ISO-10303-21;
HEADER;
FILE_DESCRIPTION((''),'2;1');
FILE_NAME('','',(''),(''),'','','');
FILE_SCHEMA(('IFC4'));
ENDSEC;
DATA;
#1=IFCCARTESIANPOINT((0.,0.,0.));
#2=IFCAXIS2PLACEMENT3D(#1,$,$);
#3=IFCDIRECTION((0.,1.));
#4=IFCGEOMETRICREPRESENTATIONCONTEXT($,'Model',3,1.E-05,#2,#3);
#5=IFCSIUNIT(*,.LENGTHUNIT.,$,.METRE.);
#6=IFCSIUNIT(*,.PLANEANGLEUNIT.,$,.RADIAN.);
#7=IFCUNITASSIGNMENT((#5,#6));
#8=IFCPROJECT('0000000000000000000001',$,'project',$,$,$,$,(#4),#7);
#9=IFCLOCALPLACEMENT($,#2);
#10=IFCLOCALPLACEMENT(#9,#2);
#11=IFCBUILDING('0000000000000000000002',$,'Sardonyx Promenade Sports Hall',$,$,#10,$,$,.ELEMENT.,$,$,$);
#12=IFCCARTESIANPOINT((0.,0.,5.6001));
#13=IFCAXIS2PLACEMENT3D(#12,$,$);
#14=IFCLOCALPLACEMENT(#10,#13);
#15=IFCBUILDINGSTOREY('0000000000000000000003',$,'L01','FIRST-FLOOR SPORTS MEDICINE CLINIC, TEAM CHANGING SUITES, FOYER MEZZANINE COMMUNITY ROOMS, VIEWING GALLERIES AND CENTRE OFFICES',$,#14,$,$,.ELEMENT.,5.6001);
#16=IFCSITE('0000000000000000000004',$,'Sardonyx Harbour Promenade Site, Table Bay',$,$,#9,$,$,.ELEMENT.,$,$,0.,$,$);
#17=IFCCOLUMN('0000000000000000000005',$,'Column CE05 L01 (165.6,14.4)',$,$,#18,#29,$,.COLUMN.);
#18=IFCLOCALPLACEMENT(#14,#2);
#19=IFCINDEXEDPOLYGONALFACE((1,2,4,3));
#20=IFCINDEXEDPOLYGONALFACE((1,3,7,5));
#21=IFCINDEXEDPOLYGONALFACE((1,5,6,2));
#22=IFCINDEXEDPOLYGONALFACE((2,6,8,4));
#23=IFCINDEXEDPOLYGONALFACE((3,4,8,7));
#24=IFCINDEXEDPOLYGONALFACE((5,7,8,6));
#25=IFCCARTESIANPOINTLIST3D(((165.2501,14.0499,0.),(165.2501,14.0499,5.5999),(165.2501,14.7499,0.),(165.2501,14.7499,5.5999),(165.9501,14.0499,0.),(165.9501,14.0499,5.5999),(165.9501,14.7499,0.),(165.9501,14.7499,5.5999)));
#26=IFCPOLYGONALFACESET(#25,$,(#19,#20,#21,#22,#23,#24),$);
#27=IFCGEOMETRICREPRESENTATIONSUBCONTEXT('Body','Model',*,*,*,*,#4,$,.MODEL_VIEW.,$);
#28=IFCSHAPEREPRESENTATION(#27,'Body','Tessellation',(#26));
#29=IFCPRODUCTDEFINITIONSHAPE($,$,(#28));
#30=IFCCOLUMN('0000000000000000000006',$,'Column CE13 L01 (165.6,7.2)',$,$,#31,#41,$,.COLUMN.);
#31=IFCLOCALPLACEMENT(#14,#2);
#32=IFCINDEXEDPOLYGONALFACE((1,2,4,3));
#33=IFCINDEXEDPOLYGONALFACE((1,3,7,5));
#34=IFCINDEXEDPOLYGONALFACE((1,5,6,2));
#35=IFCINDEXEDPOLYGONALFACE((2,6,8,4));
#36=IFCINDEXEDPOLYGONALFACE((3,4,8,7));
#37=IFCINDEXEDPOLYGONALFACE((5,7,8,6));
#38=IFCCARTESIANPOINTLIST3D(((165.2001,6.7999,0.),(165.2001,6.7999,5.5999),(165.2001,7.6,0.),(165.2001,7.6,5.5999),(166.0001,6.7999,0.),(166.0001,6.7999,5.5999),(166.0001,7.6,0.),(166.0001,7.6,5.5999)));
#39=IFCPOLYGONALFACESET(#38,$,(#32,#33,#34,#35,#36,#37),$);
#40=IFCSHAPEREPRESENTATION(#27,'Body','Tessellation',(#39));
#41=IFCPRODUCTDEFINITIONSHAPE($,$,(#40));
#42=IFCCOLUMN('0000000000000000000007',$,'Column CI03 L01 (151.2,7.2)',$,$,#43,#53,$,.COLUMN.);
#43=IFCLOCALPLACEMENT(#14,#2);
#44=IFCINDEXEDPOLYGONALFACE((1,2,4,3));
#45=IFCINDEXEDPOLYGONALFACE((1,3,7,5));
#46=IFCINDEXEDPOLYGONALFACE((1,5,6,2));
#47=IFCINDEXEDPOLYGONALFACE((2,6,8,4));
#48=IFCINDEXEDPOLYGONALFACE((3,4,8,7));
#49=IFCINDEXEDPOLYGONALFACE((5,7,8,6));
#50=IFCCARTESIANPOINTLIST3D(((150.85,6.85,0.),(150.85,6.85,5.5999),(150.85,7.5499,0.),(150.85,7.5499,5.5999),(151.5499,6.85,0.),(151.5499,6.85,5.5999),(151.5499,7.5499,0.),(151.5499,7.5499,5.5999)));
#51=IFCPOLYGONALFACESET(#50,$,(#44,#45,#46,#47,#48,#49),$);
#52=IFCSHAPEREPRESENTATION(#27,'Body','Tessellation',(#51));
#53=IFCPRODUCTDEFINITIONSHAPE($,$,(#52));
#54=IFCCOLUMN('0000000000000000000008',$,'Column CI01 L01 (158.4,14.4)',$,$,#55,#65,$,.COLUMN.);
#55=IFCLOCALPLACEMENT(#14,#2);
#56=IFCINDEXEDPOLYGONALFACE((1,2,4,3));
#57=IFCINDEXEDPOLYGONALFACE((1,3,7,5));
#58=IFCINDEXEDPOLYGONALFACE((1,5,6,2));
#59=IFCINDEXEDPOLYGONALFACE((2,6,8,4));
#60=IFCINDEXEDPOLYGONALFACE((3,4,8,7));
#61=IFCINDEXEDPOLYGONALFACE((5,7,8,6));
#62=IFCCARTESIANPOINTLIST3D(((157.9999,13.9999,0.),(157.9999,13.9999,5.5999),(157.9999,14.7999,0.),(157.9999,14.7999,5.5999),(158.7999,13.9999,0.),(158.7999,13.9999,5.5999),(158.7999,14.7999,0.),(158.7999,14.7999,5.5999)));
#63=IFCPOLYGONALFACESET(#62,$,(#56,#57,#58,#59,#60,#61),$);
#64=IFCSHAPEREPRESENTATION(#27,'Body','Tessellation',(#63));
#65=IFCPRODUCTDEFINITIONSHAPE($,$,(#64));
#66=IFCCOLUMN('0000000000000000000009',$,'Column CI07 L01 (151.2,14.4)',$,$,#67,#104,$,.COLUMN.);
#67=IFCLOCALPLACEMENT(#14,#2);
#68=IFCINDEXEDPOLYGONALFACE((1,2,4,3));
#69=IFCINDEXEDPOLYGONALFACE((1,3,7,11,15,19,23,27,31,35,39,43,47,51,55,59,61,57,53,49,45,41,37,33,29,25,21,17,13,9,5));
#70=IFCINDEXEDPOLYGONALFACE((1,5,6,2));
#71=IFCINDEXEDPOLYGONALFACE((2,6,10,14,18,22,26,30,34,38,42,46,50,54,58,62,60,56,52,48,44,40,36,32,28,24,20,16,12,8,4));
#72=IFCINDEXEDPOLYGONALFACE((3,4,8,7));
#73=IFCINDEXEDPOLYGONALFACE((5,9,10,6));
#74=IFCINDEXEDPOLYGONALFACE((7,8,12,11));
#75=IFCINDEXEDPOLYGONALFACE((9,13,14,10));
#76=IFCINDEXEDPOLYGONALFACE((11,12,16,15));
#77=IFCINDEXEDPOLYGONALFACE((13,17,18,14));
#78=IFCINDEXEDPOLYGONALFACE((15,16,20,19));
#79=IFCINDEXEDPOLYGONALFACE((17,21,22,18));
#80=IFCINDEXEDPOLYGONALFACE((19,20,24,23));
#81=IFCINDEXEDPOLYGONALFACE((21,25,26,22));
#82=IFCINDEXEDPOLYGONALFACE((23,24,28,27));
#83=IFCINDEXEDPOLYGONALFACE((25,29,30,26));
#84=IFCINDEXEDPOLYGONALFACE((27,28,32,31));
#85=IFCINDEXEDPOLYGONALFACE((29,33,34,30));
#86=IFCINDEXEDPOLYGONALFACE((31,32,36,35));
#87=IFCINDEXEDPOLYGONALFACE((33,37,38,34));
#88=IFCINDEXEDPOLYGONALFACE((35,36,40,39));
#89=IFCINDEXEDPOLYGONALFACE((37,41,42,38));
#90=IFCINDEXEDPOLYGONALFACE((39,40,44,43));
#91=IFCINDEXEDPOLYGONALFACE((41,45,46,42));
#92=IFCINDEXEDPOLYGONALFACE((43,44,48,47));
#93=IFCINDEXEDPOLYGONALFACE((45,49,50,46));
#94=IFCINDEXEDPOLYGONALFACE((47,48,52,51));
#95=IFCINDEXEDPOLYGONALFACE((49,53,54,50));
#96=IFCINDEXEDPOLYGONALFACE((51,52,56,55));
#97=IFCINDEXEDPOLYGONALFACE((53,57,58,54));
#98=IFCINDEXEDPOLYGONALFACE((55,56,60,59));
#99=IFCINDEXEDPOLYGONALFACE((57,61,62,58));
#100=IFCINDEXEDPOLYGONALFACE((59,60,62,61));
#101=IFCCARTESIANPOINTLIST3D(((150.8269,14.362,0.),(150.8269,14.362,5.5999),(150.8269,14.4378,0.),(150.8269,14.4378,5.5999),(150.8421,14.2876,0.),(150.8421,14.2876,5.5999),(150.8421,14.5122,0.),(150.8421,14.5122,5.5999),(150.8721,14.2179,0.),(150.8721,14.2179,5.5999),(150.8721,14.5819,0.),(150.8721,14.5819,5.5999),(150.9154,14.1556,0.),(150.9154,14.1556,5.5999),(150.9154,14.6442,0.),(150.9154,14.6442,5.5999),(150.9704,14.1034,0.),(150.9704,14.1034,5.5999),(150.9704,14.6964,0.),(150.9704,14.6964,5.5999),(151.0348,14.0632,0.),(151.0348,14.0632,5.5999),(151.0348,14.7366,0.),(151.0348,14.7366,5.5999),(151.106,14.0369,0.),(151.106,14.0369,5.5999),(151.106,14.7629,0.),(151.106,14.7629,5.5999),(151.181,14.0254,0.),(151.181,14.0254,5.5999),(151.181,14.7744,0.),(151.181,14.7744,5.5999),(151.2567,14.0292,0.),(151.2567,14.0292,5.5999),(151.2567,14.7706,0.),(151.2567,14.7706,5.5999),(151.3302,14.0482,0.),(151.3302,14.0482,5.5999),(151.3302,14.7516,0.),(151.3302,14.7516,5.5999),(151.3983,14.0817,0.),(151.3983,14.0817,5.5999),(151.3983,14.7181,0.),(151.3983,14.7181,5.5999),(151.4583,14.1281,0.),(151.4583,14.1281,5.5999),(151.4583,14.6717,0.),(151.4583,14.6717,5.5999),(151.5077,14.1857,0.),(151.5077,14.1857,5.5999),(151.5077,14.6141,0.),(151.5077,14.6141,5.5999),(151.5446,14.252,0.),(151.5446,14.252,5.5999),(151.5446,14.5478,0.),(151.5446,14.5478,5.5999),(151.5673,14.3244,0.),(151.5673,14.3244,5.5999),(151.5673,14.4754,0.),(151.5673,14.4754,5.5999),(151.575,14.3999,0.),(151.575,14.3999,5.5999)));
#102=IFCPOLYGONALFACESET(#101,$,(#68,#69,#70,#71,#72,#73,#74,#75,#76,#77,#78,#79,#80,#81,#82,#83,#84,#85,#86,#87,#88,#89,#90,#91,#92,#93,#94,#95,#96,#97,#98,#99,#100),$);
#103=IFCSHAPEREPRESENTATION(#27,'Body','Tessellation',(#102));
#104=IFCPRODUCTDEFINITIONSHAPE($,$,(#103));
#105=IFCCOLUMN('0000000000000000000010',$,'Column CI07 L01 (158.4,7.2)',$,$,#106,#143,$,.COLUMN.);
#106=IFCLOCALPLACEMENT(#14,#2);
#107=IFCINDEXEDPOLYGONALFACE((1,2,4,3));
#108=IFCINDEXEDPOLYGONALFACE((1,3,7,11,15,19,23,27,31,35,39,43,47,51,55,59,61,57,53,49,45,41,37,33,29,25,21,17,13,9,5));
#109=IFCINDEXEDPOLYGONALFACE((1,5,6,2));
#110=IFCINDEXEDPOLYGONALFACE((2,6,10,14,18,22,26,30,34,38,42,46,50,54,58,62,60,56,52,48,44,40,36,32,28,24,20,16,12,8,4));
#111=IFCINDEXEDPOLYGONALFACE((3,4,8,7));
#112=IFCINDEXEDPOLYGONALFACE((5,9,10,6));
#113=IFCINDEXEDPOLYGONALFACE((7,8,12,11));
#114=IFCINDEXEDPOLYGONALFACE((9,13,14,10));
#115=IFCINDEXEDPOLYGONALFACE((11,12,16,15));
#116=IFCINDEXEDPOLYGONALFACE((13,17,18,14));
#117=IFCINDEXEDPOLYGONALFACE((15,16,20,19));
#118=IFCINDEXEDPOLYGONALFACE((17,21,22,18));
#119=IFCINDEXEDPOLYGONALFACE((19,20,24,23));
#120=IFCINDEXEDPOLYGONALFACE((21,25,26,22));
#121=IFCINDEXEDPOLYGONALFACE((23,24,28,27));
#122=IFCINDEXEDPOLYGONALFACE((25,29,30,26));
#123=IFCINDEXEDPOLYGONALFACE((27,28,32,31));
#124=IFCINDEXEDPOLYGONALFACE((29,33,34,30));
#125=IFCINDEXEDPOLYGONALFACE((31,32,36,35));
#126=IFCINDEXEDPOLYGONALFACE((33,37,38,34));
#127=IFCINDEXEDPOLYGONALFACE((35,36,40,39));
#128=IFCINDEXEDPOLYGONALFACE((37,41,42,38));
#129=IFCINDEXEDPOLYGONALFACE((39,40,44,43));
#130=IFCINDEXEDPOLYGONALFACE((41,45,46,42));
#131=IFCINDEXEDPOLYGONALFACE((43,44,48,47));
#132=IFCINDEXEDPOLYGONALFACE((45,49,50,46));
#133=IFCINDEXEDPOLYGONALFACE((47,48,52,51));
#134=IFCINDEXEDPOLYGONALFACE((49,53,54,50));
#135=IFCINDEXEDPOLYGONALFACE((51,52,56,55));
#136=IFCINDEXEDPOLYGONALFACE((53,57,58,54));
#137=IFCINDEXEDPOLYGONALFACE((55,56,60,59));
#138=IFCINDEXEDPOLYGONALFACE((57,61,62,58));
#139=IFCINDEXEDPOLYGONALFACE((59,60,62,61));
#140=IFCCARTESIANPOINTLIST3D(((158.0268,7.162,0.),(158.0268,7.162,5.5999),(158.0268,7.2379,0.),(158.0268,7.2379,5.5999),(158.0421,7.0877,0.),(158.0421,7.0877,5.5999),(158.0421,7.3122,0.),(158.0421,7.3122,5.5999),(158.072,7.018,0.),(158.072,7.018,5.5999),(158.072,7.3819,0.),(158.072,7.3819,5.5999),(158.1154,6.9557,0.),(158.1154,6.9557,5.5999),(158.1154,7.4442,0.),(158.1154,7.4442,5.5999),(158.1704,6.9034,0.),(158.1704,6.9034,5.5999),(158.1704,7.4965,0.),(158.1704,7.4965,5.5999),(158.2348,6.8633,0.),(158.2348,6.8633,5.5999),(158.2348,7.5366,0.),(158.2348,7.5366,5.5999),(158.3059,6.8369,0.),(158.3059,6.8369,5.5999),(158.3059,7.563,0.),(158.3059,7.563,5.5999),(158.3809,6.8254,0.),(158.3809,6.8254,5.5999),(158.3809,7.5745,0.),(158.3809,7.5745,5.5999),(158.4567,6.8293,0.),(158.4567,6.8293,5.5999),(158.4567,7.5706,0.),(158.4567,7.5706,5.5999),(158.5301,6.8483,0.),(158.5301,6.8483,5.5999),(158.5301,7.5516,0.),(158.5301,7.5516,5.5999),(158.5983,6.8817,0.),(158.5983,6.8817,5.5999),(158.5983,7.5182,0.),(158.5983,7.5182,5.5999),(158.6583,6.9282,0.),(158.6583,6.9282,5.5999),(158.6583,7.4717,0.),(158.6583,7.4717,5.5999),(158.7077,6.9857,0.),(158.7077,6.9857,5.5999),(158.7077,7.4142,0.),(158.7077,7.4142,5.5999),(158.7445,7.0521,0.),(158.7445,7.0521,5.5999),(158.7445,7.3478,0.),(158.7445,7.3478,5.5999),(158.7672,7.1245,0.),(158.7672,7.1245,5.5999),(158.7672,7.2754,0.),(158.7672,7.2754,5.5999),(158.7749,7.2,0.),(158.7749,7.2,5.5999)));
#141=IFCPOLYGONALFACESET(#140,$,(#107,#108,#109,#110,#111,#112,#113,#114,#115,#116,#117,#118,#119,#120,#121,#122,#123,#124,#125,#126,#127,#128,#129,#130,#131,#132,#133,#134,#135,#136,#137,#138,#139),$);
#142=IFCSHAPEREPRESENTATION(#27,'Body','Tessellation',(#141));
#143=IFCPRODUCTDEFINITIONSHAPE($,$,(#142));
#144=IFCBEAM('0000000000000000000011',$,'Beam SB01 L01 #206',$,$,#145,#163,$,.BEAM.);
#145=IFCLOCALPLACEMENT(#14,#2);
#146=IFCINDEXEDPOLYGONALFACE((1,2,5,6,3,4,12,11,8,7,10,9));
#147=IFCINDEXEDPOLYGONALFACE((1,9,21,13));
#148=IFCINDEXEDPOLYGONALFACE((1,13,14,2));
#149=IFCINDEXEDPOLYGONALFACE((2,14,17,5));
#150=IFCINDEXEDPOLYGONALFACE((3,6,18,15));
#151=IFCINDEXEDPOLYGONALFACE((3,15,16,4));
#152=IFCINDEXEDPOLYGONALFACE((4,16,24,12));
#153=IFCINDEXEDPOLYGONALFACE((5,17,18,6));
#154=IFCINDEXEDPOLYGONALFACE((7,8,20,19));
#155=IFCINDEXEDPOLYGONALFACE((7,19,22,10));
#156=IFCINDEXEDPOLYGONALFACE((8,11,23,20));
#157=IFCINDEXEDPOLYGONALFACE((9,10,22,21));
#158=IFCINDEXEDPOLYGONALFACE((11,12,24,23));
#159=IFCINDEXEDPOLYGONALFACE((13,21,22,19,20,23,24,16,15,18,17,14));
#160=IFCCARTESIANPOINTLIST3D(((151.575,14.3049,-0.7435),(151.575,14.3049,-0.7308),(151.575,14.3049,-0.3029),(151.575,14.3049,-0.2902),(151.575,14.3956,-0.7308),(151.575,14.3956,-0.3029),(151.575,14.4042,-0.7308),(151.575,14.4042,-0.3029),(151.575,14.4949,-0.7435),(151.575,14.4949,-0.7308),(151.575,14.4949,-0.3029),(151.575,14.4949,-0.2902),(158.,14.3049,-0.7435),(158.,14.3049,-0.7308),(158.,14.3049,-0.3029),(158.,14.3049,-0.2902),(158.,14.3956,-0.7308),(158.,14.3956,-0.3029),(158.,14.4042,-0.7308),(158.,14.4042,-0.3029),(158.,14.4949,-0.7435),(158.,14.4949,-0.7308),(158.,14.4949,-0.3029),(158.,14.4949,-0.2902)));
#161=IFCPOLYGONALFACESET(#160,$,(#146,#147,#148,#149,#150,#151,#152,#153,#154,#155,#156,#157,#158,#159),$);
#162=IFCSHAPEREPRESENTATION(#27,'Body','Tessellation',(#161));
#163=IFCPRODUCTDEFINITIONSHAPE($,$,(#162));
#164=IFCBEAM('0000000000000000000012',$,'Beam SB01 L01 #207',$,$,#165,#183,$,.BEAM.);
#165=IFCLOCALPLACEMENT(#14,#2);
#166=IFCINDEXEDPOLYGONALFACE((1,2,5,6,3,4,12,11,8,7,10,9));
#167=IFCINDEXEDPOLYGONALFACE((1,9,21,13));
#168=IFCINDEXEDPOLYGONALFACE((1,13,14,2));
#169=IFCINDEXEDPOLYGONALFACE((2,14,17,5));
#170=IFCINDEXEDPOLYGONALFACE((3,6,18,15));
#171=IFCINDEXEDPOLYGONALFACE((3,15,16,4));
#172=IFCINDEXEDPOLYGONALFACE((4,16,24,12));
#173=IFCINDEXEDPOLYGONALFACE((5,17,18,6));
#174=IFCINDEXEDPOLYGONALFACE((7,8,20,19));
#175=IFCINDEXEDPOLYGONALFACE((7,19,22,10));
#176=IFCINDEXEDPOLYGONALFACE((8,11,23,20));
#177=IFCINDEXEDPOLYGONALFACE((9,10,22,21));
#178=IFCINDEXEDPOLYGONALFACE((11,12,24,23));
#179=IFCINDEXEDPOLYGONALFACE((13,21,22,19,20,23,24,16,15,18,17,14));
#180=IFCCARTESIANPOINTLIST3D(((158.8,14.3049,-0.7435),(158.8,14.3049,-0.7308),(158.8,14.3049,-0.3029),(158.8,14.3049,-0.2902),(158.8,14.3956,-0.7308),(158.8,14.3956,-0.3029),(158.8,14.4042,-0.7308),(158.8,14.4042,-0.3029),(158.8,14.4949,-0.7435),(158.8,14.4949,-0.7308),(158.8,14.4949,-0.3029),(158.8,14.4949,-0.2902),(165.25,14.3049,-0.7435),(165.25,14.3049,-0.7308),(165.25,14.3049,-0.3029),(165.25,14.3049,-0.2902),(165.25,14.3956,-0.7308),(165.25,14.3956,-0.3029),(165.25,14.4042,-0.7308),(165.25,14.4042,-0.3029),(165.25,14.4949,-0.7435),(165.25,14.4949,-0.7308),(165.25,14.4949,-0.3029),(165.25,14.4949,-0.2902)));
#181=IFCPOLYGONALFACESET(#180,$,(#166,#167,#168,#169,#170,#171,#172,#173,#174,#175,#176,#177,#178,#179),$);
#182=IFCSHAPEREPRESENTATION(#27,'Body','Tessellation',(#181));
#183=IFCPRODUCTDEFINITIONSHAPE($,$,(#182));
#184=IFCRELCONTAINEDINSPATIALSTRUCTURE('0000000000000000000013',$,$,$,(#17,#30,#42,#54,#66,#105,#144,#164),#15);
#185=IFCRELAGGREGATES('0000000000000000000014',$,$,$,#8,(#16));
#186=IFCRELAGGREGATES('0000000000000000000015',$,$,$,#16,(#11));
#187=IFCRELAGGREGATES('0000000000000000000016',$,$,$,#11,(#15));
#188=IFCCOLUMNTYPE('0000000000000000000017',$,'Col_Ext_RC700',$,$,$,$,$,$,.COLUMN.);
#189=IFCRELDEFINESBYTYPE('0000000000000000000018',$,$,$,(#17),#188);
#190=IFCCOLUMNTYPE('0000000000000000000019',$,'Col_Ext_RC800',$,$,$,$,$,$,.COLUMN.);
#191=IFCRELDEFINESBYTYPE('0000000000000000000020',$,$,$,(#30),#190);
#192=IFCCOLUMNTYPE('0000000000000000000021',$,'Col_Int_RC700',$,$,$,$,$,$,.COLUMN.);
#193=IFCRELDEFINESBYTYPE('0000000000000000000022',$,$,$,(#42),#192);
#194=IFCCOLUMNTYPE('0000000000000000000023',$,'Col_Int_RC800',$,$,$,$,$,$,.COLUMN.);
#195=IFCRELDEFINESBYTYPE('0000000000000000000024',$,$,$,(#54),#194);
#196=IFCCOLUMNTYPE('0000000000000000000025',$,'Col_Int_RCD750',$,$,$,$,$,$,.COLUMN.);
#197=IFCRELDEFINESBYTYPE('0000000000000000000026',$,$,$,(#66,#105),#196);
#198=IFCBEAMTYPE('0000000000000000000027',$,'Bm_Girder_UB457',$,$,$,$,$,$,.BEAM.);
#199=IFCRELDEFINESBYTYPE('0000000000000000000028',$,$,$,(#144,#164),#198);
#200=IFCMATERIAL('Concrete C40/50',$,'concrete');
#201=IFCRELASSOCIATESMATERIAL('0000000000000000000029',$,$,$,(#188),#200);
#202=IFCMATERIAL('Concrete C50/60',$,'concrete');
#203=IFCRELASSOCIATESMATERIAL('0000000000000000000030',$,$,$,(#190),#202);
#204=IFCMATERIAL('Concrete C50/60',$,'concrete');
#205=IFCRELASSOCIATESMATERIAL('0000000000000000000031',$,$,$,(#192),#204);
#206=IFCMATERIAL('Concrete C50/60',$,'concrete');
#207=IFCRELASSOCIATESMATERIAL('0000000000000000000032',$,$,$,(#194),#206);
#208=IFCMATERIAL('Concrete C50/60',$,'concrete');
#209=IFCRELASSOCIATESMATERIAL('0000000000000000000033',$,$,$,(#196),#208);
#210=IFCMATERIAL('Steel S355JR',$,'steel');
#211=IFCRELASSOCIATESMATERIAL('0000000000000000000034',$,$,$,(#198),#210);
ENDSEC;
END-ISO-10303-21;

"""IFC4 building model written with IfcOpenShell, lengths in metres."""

from ifc_helpers import new_model, si_unit, direction, frame, origin, origin_2d, place, context, subcontext, project, spatial, rectangle, circle, i_section, extrude, material, material_profile, profile_set, type_object, element, save


model = new_model("IFC4")

# Units and contexts
model_context = context("Model", 3, precision=1e-05, world=origin(), true_north=direction((0.0, 1.0)))
body_context = subcontext(model_context, "Body", "Model", "MODEL_VIEW")
ifc_project = project(units=[si_unit("LENGTHUNIT", "METRE"), si_unit("PLANEANGLEUNIT", "RADIAN")], contexts=[model_context])

# Site, building, storey
site_placement = place(None, origin())
site = spatial("IfcSite", under=ifc_project, at=site_placement, Name="Sardonyx Harbour Promenade Site, Table Bay", CompositionType="ELEMENT", RefElevation=0.0)
building_placement = place(site_placement, origin())
building = spatial("IfcBuilding", under=site, at=building_placement, Name="Sardonyx Promenade Sports Hall", CompositionType="ELEMENT")
storey_placement = place(building_placement, frame((0.0, 0.0, 5.6001)))
storey = spatial("IfcBuildingStorey", under=building, at=storey_placement, Name="L01", Description="FIRST-FLOOR SPORTS MEDICINE CLINIC, TEAM CHANGING SUITES, FOYER MEZZANINE COMMUNITY ROOMS, VIEWING GALLERIES AND CENTRE OFFICES", CompositionType="ELEMENT", Elevation=5.6001)

# Columns
ifc_material_1 = material(Name="Concrete C40/50", Category="concrete")
ifc_material_profile_1 = material_profile(ifc_material_1, rectangle(XDim=0.7, YDim=0.7, at=origin_2d()))
ifc_profile_set_1 = profile_set([ifc_material_profile_1], Name="Concrete C40/50")
column_type_1 = type_object("IfcColumnType", Name="Col_Ext_RC700", PredefinedType="COLUMN", material=ifc_profile_set_1)
column_1_placement = place(storey_placement, frame((165.6001, 14.3999, 0.0), z_axis=(0.0, 0.0, 1.0), x_axis=(1.0, 0.0, 0.0)))
element("IfcColumn", 1, at=column_1_placement, inside=storey, type_object=column_type_1, Name="Column CE05 L01 (165.6,14.4)", PredefinedType="COLUMN", context=body_context, shape_type="SweptSolid", body=[
    extrude(rectangle(XDim=0.7, YDim=0.7, at=origin_2d()), origin(), (0.0, 0.0, 1.0), 5.5999),
])
ifc_material_2 = material(Name="Concrete C50/60", Category="concrete")
ifc_material_profile_2 = material_profile(ifc_material_2, rectangle(XDim=0.8, YDim=0.8, at=origin_2d()))
ifc_profile_set_2 = profile_set([ifc_material_profile_2], Name="Concrete C50/60")
column_type_2 = type_object("IfcColumnType", Name="Col_Ext_RC800", PredefinedType="COLUMN", material=ifc_profile_set_2)
column_2_placement = place(storey_placement, frame((165.6001, 7.2, 0.0), z_axis=(0.0, 0.0, 1.0), x_axis=(1.0, 0.0, 0.0)))
element("IfcColumn", 2, at=column_2_placement, inside=storey, type_object=column_type_2, Name="Column CE13 L01 (165.6,7.2)", PredefinedType="COLUMN", context=body_context, shape_type="SweptSolid", body=[
    extrude(rectangle(XDim=0.8, YDim=0.8, at=origin_2d()), origin(), (0.0, 0.0, 1.0), 5.5999),
])
ifc_material_3 = material(Name="Concrete C50/60", Category="concrete")
ifc_material_profile_3 = material_profile(ifc_material_3, rectangle(XDim=0.7, YDim=0.7, at=origin_2d()))
ifc_profile_set_3 = profile_set([ifc_material_profile_3], Name="Concrete C50/60")
column_type_3 = type_object("IfcColumnType", Name="Col_Int_RC700", PredefinedType="COLUMN", material=ifc_profile_set_3)
column_3_placement = place(storey_placement, frame((151.2, 7.2, 0.0), z_axis=(0.0, 0.0, 1.0), x_axis=(1.0, 0.0, 0.0)))
element("IfcColumn", 3, at=column_3_placement, inside=storey, type_object=column_type_3, Name="Column CI03 L01 (151.2,7.2)", PredefinedType="COLUMN", context=body_context, shape_type="SweptSolid", body=[
    extrude(rectangle(XDim=0.7, YDim=0.7, at=origin_2d()), origin(), (0.0, 0.0, 1.0), 5.5999),
])
ifc_material_4 = material(Name="Concrete C50/60", Category="concrete")
ifc_material_profile_4 = material_profile(ifc_material_4, rectangle(XDim=0.8, YDim=0.8, at=origin_2d()))
ifc_profile_set_4 = profile_set([ifc_material_profile_4], Name="Concrete C50/60")
column_type_4 = type_object("IfcColumnType", Name="Col_Int_RC800", PredefinedType="COLUMN", material=ifc_profile_set_4)
column_4_placement = place(storey_placement, frame((158.3999, 14.3999, 0.0), z_axis=(0.0, 0.0, 1.0), x_axis=(1.0, 0.0, 0.0)))
element("IfcColumn", 4, at=column_4_placement, inside=storey, type_object=column_type_4, Name="Column CI01 L01 (158.4,14.4)", PredefinedType="COLUMN", context=body_context, shape_type="SweptSolid", body=[
    extrude(rectangle(XDim=0.8, YDim=0.8, at=origin_2d()), origin(), (0.0, 0.0, 1.0), 5.5999),
])
ifc_material_5 = material(Name="Concrete C50/60", Category="concrete")
ifc_material_profile_5 = material_profile(ifc_material_5, circle(Radius=0.375, at=origin_2d()))
ifc_profile_set_5 = profile_set([ifc_material_profile_5], Name="Concrete C50/60")
column_type_5 = type_object("IfcColumnType", Name="Col_Int_RCD750", PredefinedType="COLUMN", material=ifc_profile_set_5)
for number, where, z_axis, x_axis, name in (
    (5, (151.2, 14.3999, 0.0), (0.0, 0.0, 1.0), (1.0, 0.0, 0.0), "Column CI07 L01 (151.2,14.4)"),
    (6, (158.3999, 7.2, 0.0), (0.0, 0.0, 1.0), (1.0, 0.0, 0.0), "Column CI07 L01 (158.4,7.2)"),
):
    element("IfcColumn", number, at=place(storey_placement, frame(where, z_axis=z_axis, x_axis=x_axis)), inside=storey, type_object=column_type_5, Name=name, PredefinedType="COLUMN", context=body_context, shape_type="SweptSolid", body=[
        extrude(circle(Radius=0.375, at=origin_2d()), origin(), (0.0, 0.0, 1.0), 5.5999),
    ])

# Beams
ifc_material_6 = material(Name="Steel S355JR", Category="steel")
ifc_material_profile_6 = material_profile(ifc_material_6, i_section(OverallWidth=0.1899, OverallDepth=0.4534, WebThickness=0.0085, FlangeThickness=0.0127, at=origin_2d()))
ifc_profile_set_6 = profile_set([ifc_material_profile_6], Name="Steel S355JR")
beam_type_1 = type_object("IfcBeamType", Name="Bm_Girder_UB457", PredefinedType="BEAM", material=ifc_profile_set_6)
beam_1_placement = place(storey_placement, frame((151.575, 14.3999, -0.5168), z_axis=(1.0, 0.0, 0.0), x_axis=(0.0, 1.0, 0.0)))
element("IfcBeam", 7, at=beam_1_placement, inside=storey, type_object=beam_type_1, Name="Beam SB01 L01 #206", PredefinedType="BEAM", context=body_context, shape_type="SweptSolid", body=[
    extrude(i_section(OverallWidth=0.1899, OverallDepth=0.4534, WebThickness=0.0085, FlangeThickness=0.0127, at=origin_2d()), origin(), (0.0, 0.0, 1.0), 6.425),
])
beam_2_placement = place(storey_placement, frame((158.8, 14.3999, -0.5168), z_axis=(1.0, 0.0, 0.0), x_axis=(0.0, 1.0, 0.0)))
element("IfcBeam", 8, at=beam_2_placement, inside=storey, type_object=beam_type_1, Name="Beam SB01 L01 #207", PredefinedType="BEAM", context=body_context, shape_type="SweptSolid", body=[
    extrude(i_section(OverallWidth=0.1899, OverallDepth=0.4534, WebThickness=0.0085, FlangeThickness=0.0127, at=origin_2d()), origin(), (0.0, 0.0, 1.0), 6.45),
])

save(model, "model.ifc")
